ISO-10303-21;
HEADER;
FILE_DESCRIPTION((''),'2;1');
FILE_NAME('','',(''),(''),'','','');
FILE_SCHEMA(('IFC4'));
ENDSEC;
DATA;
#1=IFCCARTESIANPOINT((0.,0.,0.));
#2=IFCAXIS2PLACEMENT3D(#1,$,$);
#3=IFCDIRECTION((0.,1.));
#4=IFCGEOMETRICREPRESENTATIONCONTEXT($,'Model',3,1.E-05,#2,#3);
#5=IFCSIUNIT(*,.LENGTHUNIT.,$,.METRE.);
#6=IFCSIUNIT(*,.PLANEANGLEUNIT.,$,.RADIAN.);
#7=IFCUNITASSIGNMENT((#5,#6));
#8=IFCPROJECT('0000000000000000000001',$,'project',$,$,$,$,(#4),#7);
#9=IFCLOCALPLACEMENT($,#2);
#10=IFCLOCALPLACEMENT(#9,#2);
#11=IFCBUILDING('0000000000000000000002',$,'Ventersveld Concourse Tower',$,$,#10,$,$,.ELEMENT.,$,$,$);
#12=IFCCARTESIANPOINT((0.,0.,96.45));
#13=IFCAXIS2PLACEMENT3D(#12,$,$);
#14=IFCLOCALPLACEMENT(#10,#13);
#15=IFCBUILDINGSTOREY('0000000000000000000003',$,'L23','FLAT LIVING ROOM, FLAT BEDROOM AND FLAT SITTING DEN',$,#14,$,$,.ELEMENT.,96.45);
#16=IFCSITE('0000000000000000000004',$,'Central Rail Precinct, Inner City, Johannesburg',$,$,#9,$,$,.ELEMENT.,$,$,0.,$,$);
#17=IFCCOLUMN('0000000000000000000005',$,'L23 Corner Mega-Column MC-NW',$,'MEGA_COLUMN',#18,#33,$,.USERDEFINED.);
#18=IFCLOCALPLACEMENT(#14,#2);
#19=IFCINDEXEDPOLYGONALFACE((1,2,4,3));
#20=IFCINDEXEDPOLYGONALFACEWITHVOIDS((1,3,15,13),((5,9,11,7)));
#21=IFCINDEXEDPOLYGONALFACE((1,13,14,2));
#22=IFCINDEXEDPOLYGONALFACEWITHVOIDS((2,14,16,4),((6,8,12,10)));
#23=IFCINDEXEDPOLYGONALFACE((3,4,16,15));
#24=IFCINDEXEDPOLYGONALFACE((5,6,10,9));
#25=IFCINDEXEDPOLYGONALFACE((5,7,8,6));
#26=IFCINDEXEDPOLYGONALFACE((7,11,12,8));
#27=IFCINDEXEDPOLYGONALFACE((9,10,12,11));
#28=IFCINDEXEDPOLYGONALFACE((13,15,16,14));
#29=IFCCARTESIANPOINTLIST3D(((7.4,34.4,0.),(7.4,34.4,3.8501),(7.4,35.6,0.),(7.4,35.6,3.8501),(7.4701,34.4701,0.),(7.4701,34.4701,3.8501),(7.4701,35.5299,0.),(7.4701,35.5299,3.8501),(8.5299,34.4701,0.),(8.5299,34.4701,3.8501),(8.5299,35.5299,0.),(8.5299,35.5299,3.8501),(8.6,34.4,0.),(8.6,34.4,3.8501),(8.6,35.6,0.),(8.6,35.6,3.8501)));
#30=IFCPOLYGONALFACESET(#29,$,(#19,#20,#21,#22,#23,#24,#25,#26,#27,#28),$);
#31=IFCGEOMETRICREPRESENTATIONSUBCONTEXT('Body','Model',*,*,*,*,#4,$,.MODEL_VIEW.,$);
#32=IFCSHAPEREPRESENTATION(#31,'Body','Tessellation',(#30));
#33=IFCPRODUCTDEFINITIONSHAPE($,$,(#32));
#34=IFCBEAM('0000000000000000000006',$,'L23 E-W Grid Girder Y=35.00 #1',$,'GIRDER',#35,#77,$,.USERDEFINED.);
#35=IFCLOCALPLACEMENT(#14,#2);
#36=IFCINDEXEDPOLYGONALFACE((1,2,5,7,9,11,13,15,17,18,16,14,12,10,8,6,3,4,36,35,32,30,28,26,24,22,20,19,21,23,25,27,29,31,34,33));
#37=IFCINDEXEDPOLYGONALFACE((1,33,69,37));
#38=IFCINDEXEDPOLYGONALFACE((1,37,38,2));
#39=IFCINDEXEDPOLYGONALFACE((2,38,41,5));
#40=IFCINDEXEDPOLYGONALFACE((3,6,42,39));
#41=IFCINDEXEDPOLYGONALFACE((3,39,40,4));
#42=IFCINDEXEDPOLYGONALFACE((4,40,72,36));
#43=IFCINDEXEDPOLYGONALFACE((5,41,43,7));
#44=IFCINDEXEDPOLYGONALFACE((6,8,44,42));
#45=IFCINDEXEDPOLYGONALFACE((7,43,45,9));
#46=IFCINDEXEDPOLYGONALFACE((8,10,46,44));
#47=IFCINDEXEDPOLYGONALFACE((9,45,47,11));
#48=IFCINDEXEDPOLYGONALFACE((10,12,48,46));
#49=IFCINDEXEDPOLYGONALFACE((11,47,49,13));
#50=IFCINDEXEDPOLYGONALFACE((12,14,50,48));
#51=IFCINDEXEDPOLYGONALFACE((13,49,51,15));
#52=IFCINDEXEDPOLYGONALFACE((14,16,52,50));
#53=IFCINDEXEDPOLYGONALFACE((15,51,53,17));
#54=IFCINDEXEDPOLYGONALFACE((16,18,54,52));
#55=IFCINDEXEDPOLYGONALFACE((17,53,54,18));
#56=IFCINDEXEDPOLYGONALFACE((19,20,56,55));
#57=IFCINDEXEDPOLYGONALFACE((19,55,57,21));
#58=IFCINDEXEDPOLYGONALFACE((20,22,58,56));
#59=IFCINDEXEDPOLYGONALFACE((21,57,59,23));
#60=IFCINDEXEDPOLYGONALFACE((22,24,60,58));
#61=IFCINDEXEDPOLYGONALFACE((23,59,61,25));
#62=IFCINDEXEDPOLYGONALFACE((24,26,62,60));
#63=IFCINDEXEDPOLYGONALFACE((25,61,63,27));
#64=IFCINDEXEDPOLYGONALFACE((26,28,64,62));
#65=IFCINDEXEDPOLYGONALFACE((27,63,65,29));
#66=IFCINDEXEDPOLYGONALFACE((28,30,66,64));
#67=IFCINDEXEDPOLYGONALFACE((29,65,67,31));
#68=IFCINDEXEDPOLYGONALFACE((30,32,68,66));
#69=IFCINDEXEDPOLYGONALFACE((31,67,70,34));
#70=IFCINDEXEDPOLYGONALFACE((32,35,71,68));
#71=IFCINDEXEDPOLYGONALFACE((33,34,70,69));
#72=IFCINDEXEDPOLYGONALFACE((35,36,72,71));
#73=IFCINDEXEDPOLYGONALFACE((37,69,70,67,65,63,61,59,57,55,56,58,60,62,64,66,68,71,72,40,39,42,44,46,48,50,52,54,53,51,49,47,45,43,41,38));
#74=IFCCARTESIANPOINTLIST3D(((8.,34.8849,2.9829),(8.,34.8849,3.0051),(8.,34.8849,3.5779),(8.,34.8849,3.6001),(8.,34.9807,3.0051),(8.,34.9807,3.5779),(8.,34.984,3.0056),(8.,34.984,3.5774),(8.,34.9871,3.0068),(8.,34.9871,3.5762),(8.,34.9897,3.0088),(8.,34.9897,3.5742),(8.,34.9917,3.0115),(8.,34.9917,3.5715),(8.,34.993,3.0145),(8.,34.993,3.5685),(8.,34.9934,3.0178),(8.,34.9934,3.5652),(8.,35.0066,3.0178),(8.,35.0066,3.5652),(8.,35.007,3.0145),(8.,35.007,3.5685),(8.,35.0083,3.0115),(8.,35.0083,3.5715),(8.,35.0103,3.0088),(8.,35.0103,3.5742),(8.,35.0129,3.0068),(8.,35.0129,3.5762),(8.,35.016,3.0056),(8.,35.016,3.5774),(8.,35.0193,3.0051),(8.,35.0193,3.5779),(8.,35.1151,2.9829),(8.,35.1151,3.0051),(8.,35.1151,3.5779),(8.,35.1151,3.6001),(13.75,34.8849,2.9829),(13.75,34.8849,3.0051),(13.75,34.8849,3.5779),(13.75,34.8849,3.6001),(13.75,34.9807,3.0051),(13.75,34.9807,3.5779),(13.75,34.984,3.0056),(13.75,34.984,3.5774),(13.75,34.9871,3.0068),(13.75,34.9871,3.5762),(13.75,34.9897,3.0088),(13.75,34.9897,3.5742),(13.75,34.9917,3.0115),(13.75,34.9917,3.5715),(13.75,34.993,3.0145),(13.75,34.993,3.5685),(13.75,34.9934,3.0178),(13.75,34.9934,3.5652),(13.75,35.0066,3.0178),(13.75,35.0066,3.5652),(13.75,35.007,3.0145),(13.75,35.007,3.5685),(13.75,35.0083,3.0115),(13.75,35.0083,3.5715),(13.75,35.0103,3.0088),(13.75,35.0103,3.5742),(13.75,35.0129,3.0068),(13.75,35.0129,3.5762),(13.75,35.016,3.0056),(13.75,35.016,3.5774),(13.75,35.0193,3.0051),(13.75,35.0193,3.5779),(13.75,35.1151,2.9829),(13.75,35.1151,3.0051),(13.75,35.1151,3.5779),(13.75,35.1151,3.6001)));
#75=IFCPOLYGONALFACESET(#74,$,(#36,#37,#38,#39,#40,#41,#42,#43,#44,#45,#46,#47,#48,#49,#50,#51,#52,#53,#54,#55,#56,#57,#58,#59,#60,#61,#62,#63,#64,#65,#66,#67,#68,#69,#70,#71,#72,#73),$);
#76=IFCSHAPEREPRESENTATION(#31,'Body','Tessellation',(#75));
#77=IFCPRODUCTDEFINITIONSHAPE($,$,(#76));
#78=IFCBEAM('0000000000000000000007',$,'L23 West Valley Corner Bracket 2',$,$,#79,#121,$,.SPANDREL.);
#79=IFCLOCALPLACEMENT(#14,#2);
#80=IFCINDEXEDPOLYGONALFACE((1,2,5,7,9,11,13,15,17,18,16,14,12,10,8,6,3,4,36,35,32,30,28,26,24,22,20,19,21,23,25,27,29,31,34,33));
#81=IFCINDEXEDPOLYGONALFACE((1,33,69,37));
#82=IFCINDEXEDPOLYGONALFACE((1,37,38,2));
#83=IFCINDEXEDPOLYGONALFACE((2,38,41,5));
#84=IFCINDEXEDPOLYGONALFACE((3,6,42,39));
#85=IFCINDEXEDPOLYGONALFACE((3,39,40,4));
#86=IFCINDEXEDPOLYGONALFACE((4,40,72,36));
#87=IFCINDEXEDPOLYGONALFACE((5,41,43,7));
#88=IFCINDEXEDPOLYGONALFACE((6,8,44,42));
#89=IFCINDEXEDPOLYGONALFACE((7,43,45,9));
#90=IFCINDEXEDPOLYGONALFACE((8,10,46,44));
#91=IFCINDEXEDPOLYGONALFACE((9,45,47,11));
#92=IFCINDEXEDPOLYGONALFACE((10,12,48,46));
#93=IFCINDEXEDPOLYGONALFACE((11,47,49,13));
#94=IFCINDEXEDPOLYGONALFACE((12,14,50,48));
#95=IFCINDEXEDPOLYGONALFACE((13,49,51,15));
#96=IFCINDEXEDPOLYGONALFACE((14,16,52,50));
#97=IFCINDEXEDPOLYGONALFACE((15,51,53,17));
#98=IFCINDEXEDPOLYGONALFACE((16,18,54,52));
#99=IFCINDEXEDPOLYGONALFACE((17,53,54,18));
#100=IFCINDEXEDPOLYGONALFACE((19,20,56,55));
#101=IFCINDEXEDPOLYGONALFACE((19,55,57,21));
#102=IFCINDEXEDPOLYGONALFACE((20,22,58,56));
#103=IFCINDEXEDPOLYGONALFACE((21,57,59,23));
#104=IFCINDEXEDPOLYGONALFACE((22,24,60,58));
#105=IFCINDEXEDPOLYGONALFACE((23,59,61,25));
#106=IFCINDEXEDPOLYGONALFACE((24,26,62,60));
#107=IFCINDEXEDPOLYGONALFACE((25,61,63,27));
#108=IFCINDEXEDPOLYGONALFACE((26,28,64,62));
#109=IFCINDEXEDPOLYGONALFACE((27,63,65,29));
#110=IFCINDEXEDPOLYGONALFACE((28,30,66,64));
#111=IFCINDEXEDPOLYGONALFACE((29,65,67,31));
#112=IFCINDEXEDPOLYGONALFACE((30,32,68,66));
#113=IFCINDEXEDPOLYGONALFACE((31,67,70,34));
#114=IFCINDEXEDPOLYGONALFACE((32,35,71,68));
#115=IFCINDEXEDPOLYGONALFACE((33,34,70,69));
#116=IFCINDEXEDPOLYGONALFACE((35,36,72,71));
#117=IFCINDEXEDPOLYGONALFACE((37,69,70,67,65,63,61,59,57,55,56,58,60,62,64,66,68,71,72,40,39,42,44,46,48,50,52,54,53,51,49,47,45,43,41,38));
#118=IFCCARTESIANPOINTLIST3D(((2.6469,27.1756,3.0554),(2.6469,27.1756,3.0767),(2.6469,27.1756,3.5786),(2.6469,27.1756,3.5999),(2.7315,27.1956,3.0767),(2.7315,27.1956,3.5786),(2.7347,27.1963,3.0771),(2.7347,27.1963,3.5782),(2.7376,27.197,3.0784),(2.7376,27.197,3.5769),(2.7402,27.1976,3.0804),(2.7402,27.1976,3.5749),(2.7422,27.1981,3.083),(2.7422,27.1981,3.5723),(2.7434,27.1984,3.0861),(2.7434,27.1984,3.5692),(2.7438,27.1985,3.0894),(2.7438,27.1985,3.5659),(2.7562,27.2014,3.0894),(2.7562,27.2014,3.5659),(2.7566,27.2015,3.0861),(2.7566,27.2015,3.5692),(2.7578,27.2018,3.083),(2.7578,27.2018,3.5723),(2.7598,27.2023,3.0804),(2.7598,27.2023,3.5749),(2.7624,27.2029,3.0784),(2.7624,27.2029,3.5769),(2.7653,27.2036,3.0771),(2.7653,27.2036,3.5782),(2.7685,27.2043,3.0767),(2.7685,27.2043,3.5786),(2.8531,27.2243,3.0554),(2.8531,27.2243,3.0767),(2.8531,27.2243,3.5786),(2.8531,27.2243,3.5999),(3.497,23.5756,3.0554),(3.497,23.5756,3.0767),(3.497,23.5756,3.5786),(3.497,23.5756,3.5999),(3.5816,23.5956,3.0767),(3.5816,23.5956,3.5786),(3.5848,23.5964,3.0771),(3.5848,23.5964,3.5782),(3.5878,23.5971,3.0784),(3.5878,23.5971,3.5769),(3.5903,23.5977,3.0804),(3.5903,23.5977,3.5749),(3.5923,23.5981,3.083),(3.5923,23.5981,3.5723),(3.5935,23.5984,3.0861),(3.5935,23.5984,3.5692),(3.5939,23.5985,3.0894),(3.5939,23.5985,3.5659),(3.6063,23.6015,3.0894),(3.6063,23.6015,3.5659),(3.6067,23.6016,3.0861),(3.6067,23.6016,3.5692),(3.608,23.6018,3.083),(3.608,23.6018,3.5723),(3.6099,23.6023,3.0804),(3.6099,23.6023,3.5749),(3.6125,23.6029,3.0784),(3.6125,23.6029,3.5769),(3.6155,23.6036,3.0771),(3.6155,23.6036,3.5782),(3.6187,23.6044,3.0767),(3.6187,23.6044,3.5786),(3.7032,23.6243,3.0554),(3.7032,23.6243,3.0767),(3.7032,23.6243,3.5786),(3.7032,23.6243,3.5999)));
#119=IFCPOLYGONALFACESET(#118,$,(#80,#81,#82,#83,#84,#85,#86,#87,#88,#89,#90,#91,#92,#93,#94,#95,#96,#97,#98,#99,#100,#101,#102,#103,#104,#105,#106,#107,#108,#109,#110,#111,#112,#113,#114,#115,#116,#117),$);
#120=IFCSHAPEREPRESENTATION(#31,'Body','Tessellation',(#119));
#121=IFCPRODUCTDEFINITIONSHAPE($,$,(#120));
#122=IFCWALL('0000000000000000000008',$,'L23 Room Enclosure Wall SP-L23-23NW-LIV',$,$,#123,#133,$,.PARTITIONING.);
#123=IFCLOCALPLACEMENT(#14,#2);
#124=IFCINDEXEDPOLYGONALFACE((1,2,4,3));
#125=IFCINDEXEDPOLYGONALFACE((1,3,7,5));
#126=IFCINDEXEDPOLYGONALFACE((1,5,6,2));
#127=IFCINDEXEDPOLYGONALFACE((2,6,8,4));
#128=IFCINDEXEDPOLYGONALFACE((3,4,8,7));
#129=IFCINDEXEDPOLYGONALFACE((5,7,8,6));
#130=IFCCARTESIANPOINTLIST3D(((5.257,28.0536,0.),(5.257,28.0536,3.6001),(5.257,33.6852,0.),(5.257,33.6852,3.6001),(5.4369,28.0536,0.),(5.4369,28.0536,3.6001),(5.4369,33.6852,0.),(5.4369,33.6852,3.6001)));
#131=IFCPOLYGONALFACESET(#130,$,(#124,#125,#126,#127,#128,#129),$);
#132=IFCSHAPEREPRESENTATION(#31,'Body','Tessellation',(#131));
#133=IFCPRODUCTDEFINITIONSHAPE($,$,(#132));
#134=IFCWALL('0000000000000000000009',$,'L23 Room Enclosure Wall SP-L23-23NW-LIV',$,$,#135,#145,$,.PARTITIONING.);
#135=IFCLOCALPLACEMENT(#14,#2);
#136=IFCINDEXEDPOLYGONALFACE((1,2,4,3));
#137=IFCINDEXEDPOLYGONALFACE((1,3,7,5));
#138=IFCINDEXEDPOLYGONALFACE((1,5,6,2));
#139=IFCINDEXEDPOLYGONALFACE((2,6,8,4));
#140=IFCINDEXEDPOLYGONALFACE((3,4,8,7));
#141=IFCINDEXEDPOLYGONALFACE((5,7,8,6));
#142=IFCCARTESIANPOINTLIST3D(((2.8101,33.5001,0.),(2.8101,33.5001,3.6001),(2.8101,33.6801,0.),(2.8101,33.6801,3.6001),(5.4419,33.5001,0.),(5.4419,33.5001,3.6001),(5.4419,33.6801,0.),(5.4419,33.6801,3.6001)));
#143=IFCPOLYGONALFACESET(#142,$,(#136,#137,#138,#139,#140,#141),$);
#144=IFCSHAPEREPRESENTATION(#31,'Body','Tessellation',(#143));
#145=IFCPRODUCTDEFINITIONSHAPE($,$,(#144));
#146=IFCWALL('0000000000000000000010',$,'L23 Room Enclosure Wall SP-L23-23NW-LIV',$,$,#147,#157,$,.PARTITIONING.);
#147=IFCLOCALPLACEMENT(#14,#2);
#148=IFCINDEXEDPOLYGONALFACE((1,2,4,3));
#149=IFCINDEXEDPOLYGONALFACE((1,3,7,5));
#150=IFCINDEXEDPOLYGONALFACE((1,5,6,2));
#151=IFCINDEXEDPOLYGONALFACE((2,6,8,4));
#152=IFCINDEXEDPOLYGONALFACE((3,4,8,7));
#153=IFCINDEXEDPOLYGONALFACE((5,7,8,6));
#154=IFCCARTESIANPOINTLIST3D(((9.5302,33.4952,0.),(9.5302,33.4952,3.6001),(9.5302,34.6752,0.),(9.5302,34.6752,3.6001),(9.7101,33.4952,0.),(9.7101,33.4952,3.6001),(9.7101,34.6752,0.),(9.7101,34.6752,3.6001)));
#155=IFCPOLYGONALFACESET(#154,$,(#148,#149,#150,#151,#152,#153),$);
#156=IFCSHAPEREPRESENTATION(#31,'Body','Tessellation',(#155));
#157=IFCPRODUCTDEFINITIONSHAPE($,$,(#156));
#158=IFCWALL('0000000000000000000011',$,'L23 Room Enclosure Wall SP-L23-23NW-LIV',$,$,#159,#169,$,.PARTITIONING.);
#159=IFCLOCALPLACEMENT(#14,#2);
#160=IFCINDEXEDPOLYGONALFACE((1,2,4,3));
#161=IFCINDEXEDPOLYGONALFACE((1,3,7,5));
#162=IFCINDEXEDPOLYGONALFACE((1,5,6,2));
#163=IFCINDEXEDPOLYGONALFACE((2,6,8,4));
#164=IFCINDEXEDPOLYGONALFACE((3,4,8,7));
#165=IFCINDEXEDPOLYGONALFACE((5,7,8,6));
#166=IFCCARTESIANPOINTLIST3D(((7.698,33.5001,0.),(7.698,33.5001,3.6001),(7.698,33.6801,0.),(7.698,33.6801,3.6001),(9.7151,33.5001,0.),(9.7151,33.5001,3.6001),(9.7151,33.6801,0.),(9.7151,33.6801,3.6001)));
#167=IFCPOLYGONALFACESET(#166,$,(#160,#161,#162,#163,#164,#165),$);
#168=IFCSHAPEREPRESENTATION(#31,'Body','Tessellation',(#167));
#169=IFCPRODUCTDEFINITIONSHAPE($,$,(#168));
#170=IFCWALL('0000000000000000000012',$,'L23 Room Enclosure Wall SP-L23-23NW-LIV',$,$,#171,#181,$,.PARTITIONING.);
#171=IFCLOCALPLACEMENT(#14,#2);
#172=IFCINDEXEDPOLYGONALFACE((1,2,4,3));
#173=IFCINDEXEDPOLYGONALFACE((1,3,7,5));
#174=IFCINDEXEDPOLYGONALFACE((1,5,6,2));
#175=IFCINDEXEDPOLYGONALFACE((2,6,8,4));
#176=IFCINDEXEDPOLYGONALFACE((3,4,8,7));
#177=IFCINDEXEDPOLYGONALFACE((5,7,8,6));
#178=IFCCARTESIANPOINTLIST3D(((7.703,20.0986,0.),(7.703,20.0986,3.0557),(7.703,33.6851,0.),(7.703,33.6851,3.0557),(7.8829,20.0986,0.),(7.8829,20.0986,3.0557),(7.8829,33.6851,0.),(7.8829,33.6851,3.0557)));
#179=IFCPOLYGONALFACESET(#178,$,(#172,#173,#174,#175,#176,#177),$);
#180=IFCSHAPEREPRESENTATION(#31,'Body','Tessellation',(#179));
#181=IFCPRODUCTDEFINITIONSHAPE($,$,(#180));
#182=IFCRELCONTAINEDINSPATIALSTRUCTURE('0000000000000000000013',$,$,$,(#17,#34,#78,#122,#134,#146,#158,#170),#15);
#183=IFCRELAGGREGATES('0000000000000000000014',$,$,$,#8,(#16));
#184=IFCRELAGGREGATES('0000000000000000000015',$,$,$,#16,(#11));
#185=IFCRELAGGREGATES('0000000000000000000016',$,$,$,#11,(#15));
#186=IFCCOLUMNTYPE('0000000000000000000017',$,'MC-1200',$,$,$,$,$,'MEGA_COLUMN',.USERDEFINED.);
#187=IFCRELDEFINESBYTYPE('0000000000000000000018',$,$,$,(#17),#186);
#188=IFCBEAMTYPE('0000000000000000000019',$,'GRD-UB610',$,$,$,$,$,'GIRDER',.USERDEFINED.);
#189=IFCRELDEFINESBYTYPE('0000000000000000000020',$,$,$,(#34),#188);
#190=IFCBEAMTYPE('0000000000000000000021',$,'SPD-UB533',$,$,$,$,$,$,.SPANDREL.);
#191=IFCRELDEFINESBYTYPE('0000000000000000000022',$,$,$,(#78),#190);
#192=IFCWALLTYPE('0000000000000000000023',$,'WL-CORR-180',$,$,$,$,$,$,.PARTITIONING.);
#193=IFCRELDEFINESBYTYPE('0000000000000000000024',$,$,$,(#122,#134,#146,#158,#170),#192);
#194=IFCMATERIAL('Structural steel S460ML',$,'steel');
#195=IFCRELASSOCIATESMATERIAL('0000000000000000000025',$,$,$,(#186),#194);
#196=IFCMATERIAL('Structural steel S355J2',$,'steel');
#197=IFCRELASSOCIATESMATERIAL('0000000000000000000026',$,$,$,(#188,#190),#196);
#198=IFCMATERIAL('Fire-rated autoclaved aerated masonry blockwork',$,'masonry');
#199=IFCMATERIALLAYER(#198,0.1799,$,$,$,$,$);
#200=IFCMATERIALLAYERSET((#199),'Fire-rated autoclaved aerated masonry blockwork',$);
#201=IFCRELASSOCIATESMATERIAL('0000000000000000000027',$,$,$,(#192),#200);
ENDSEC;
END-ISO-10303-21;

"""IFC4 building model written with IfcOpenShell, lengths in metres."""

from ifc_helpers import new_model, si_unit, direction, frame, frame_2d, origin, origin_2d, place, context, subcontext, project, spatial, rectangle, hollow_rectangle, i_section, extrude, material, layer, layer_set, material_profile, profile_set, type_object, element, save


model = new_model("IFC4")

# Units and contexts
model_context = context("Model", 3, precision=1e-05, world=origin(), true_north=direction((0.0, 1.0)))
body_context = subcontext(model_context, "Body", "Model", "MODEL_VIEW")
ifc_project = project(units=[si_unit("LENGTHUNIT", "METRE"), si_unit("PLANEANGLEUNIT", "RADIAN")], contexts=[model_context])

# Site, building, storey
site_placement = place(None, origin())
site = spatial("IfcSite", under=ifc_project, at=site_placement, Name="Central Rail Precinct, Inner City, Johannesburg", CompositionType="ELEMENT", RefElevation=0.0)
building_placement = place(site_placement, origin())
building = spatial("IfcBuilding", under=site, at=building_placement, Name="Ventersveld Concourse Tower", CompositionType="ELEMENT")
storey_placement = place(building_placement, frame((0.0, 0.0, 96.45)))
storey = spatial("IfcBuildingStorey", under=building, at=storey_placement, Name="L23", Description="FLAT LIVING ROOM, FLAT BEDROOM AND FLAT SITTING DEN", CompositionType="ELEMENT", Elevation=96.45)

# Column
ifc_material_1 = material(Name="Structural steel S460ML", Category="steel")
ifc_material_profile_1 = material_profile(ifc_material_1, hollow_rectangle(XDim=1.2, YDim=1.2, WallThickness=0.0701, at=origin_2d()), Name="BOX 1200x1200x70")
ifc_profile_set_1 = profile_set([ifc_material_profile_1], Name="Structural steel S460ML")
column_type = type_object("IfcColumnType", Name="MC-1200", ElementType="MEGA_COLUMN", PredefinedType="USERDEFINED", material=ifc_profile_set_1)
column_placement = place(storey_placement, frame((8.0, 35.0, 0.0), z_axis=(0.0, 0.0, 1.0), x_axis=(1.0, 0.0, 0.0)))
element("IfcColumn", 1, at=column_placement, inside=storey, type_object=column_type, Name="L23 Corner Mega-Column MC-NW", ObjectType="MEGA_COLUMN", PredefinedType="USERDEFINED", context=body_context, shape_type="SweptSolid", body=[
    extrude(hollow_rectangle(XDim=1.2, YDim=1.2, WallThickness=0.0701, at=origin_2d()), origin(), (0.0, 0.0, 1.0), 3.8501),
])

# Beams
ifc_material_2 = material(Name="Structural steel S355J2", Category="steel")
ifc_material_profile_2 = material_profile(ifc_material_2, i_section(OverallWidth=0.2302, OverallDepth=0.6172, WebThickness=0.0132, FlangeThickness=0.0222, FilletRadius=0.0127, at=origin_2d()), Name="UB 610x229x140")
ifc_profile_set_2 = profile_set([ifc_material_profile_2], Name="Structural steel S355J2")
beam_type_1 = type_object("IfcBeamType", Name="GRD-UB610", ElementType="GIRDER", PredefinedType="USERDEFINED", material=ifc_profile_set_2)
beam_1_placement = place(storey_placement, frame((8.0, 35.0, 3.2915), z_axis=(1.0, 0.0, 0.0), x_axis=(0.0, 1.0, 0.0)))
element("IfcBeam", 2, at=beam_1_placement, inside=storey, type_object=beam_type_1, Name="L23 E-W Grid Girder Y=35.00 #1", ObjectType="GIRDER", PredefinedType="USERDEFINED", context=body_context, shape_type="SweptSolid", body=[
    extrude(i_section(OverallWidth=0.2302, OverallDepth=0.6172, WebThickness=0.0132, FlangeThickness=0.0222, FilletRadius=0.0127, at=origin_2d()), origin(), (0.0, 0.0, 1.0), 5.75),
])
ifc_material_profile_3 = material_profile(ifc_material_2, i_section(OverallWidth=0.2119, OverallDepth=0.5444, WebThickness=0.0127, FlangeThickness=0.0212, FilletRadius=0.0127, at=origin_2d()), Name="UB 533x210x122")
ifc_profile_set_3 = profile_set([ifc_material_profile_3], Name="Structural steel S355J2")
beam_type_2 = type_object("IfcBeamType", Name="SPD-UB533", PredefinedType="SPANDREL", material=ifc_profile_set_3)
beam_2_placement = place(storey_placement, frame((2.75, 27.2, 3.3276), z_axis=(0.229827, -0.973232, 0.0), x_axis=(0.973232, 0.229827, 0.0)))
element("IfcBeam", 3, at=beam_2_placement, inside=storey, type_object=beam_type_2, Name="L23 West Valley Corner Bracket 2", PredefinedType="SPANDREL", context=body_context, shape_type="SweptSolid", body=[
    extrude(i_section(OverallWidth=0.2119, OverallDepth=0.5444, WebThickness=0.0127, FlangeThickness=0.0212, FilletRadius=0.0127, at=origin_2d()), origin(), (0.0, 0.0, 1.0), 3.699),
])

# Walls
ifc_material_3 = material(Name="Fire-rated autoclaved aerated masonry blockwork", Category="masonry")
ifc_layer_1 = layer(ifc_material_3, 0.1799)
ifc_layer_set_1 = layer_set([ifc_layer_1], Name="Fire-rated autoclaved aerated masonry blockwork")
wall_type_1 = type_object("IfcWallType", Name="WL-CORR-180", PredefinedType="PARTITIONING", material=ifc_layer_set_1)
wall_1_placement = place(storey_placement, frame((5.3469, 28.0535, 0.0), z_axis=(0.0, 0.0, 1.0), x_axis=(0.0, 1.0, 0.0)))
element("IfcWall", 4, at=wall_1_placement, inside=storey, type_object=wall_type_1, Name="L23 Room Enclosure Wall SP-L23-23NW-LIV", PredefinedType="PARTITIONING", context=body_context, shape_type="SweptSolid", body=[
    extrude(rectangle(XDim=5.6316, YDim=0.1799, at=frame_2d((2.8159, 0.0))), origin(), (0.0, 0.0, 1.0), 3.6001),
])
wall_2_placement = place(storey_placement, frame((5.4419, 33.5901, 0.0), z_axis=(0.0, 0.0, 1.0), x_axis=(-1.0, 0.0, 0.0)))
element("IfcWall", 5, at=wall_2_placement, inside=storey, type_object=wall_type_1, Name="L23 Room Enclosure Wall SP-L23-23NW-LIV", PredefinedType="PARTITIONING", context=body_context, shape_type="SweptSolid", body=[
    extrude(rectangle(XDim=2.6318, YDim=0.1799, at=frame_2d((1.3159, 0.0))), origin(), (0.0, 0.0, 1.0), 3.6001),
])
wall_3_placement = place(storey_placement, frame((9.6201, 34.675, 0.0), z_axis=(0.0, 0.0, 1.0), x_axis=(0.0, -1.0, 0.0)))
element("IfcWall", 6, at=wall_3_placement, inside=storey, type_object=wall_type_1, Name="L23 Room Enclosure Wall SP-L23-23NW-LIV", PredefinedType="PARTITIONING", context=body_context, shape_type="SweptSolid", body=[
    extrude(rectangle(XDim=1.1799, YDim=0.1799, at=frame_2d((0.5898, 0.0))), origin(), (0.0, 0.0, 1.0), 3.6001),
])
wall_4_placement = place(storey_placement, frame((9.7151, 33.5901, 0.0), z_axis=(0.0, 0.0, 1.0), x_axis=(-1.0, 0.0, 0.0)))
element("IfcWall", 7, at=wall_4_placement, inside=storey, type_object=wall_type_1, Name="L23 Room Enclosure Wall SP-L23-23NW-LIV", PredefinedType="PARTITIONING", context=body_context, shape_type="SweptSolid", body=[
    extrude(rectangle(XDim=2.0171, YDim=0.1799, at=frame_2d((1.0085, 0.0))), origin(), (0.0, 0.0, 1.0), 3.6001),
])
wall_5_placement = place(storey_placement, frame((7.793, 33.6851, 0.0), z_axis=(0.0, 0.0, 1.0), x_axis=(0.0, -1.0, 0.0)))
element("IfcWall", 8, at=wall_5_placement, inside=storey, type_object=wall_type_1, Name="L23 Room Enclosure Wall SP-L23-23NW-LIV", PredefinedType="PARTITIONING", context=body_context, shape_type="SweptSolid", body=[
    extrude(rectangle(XDim=13.5864, YDim=0.1799, at=frame_2d((6.7932, 0.0))), origin(), (0.0, 0.0, 1.0), 3.0557),
])

save(model, "model.ifc")
